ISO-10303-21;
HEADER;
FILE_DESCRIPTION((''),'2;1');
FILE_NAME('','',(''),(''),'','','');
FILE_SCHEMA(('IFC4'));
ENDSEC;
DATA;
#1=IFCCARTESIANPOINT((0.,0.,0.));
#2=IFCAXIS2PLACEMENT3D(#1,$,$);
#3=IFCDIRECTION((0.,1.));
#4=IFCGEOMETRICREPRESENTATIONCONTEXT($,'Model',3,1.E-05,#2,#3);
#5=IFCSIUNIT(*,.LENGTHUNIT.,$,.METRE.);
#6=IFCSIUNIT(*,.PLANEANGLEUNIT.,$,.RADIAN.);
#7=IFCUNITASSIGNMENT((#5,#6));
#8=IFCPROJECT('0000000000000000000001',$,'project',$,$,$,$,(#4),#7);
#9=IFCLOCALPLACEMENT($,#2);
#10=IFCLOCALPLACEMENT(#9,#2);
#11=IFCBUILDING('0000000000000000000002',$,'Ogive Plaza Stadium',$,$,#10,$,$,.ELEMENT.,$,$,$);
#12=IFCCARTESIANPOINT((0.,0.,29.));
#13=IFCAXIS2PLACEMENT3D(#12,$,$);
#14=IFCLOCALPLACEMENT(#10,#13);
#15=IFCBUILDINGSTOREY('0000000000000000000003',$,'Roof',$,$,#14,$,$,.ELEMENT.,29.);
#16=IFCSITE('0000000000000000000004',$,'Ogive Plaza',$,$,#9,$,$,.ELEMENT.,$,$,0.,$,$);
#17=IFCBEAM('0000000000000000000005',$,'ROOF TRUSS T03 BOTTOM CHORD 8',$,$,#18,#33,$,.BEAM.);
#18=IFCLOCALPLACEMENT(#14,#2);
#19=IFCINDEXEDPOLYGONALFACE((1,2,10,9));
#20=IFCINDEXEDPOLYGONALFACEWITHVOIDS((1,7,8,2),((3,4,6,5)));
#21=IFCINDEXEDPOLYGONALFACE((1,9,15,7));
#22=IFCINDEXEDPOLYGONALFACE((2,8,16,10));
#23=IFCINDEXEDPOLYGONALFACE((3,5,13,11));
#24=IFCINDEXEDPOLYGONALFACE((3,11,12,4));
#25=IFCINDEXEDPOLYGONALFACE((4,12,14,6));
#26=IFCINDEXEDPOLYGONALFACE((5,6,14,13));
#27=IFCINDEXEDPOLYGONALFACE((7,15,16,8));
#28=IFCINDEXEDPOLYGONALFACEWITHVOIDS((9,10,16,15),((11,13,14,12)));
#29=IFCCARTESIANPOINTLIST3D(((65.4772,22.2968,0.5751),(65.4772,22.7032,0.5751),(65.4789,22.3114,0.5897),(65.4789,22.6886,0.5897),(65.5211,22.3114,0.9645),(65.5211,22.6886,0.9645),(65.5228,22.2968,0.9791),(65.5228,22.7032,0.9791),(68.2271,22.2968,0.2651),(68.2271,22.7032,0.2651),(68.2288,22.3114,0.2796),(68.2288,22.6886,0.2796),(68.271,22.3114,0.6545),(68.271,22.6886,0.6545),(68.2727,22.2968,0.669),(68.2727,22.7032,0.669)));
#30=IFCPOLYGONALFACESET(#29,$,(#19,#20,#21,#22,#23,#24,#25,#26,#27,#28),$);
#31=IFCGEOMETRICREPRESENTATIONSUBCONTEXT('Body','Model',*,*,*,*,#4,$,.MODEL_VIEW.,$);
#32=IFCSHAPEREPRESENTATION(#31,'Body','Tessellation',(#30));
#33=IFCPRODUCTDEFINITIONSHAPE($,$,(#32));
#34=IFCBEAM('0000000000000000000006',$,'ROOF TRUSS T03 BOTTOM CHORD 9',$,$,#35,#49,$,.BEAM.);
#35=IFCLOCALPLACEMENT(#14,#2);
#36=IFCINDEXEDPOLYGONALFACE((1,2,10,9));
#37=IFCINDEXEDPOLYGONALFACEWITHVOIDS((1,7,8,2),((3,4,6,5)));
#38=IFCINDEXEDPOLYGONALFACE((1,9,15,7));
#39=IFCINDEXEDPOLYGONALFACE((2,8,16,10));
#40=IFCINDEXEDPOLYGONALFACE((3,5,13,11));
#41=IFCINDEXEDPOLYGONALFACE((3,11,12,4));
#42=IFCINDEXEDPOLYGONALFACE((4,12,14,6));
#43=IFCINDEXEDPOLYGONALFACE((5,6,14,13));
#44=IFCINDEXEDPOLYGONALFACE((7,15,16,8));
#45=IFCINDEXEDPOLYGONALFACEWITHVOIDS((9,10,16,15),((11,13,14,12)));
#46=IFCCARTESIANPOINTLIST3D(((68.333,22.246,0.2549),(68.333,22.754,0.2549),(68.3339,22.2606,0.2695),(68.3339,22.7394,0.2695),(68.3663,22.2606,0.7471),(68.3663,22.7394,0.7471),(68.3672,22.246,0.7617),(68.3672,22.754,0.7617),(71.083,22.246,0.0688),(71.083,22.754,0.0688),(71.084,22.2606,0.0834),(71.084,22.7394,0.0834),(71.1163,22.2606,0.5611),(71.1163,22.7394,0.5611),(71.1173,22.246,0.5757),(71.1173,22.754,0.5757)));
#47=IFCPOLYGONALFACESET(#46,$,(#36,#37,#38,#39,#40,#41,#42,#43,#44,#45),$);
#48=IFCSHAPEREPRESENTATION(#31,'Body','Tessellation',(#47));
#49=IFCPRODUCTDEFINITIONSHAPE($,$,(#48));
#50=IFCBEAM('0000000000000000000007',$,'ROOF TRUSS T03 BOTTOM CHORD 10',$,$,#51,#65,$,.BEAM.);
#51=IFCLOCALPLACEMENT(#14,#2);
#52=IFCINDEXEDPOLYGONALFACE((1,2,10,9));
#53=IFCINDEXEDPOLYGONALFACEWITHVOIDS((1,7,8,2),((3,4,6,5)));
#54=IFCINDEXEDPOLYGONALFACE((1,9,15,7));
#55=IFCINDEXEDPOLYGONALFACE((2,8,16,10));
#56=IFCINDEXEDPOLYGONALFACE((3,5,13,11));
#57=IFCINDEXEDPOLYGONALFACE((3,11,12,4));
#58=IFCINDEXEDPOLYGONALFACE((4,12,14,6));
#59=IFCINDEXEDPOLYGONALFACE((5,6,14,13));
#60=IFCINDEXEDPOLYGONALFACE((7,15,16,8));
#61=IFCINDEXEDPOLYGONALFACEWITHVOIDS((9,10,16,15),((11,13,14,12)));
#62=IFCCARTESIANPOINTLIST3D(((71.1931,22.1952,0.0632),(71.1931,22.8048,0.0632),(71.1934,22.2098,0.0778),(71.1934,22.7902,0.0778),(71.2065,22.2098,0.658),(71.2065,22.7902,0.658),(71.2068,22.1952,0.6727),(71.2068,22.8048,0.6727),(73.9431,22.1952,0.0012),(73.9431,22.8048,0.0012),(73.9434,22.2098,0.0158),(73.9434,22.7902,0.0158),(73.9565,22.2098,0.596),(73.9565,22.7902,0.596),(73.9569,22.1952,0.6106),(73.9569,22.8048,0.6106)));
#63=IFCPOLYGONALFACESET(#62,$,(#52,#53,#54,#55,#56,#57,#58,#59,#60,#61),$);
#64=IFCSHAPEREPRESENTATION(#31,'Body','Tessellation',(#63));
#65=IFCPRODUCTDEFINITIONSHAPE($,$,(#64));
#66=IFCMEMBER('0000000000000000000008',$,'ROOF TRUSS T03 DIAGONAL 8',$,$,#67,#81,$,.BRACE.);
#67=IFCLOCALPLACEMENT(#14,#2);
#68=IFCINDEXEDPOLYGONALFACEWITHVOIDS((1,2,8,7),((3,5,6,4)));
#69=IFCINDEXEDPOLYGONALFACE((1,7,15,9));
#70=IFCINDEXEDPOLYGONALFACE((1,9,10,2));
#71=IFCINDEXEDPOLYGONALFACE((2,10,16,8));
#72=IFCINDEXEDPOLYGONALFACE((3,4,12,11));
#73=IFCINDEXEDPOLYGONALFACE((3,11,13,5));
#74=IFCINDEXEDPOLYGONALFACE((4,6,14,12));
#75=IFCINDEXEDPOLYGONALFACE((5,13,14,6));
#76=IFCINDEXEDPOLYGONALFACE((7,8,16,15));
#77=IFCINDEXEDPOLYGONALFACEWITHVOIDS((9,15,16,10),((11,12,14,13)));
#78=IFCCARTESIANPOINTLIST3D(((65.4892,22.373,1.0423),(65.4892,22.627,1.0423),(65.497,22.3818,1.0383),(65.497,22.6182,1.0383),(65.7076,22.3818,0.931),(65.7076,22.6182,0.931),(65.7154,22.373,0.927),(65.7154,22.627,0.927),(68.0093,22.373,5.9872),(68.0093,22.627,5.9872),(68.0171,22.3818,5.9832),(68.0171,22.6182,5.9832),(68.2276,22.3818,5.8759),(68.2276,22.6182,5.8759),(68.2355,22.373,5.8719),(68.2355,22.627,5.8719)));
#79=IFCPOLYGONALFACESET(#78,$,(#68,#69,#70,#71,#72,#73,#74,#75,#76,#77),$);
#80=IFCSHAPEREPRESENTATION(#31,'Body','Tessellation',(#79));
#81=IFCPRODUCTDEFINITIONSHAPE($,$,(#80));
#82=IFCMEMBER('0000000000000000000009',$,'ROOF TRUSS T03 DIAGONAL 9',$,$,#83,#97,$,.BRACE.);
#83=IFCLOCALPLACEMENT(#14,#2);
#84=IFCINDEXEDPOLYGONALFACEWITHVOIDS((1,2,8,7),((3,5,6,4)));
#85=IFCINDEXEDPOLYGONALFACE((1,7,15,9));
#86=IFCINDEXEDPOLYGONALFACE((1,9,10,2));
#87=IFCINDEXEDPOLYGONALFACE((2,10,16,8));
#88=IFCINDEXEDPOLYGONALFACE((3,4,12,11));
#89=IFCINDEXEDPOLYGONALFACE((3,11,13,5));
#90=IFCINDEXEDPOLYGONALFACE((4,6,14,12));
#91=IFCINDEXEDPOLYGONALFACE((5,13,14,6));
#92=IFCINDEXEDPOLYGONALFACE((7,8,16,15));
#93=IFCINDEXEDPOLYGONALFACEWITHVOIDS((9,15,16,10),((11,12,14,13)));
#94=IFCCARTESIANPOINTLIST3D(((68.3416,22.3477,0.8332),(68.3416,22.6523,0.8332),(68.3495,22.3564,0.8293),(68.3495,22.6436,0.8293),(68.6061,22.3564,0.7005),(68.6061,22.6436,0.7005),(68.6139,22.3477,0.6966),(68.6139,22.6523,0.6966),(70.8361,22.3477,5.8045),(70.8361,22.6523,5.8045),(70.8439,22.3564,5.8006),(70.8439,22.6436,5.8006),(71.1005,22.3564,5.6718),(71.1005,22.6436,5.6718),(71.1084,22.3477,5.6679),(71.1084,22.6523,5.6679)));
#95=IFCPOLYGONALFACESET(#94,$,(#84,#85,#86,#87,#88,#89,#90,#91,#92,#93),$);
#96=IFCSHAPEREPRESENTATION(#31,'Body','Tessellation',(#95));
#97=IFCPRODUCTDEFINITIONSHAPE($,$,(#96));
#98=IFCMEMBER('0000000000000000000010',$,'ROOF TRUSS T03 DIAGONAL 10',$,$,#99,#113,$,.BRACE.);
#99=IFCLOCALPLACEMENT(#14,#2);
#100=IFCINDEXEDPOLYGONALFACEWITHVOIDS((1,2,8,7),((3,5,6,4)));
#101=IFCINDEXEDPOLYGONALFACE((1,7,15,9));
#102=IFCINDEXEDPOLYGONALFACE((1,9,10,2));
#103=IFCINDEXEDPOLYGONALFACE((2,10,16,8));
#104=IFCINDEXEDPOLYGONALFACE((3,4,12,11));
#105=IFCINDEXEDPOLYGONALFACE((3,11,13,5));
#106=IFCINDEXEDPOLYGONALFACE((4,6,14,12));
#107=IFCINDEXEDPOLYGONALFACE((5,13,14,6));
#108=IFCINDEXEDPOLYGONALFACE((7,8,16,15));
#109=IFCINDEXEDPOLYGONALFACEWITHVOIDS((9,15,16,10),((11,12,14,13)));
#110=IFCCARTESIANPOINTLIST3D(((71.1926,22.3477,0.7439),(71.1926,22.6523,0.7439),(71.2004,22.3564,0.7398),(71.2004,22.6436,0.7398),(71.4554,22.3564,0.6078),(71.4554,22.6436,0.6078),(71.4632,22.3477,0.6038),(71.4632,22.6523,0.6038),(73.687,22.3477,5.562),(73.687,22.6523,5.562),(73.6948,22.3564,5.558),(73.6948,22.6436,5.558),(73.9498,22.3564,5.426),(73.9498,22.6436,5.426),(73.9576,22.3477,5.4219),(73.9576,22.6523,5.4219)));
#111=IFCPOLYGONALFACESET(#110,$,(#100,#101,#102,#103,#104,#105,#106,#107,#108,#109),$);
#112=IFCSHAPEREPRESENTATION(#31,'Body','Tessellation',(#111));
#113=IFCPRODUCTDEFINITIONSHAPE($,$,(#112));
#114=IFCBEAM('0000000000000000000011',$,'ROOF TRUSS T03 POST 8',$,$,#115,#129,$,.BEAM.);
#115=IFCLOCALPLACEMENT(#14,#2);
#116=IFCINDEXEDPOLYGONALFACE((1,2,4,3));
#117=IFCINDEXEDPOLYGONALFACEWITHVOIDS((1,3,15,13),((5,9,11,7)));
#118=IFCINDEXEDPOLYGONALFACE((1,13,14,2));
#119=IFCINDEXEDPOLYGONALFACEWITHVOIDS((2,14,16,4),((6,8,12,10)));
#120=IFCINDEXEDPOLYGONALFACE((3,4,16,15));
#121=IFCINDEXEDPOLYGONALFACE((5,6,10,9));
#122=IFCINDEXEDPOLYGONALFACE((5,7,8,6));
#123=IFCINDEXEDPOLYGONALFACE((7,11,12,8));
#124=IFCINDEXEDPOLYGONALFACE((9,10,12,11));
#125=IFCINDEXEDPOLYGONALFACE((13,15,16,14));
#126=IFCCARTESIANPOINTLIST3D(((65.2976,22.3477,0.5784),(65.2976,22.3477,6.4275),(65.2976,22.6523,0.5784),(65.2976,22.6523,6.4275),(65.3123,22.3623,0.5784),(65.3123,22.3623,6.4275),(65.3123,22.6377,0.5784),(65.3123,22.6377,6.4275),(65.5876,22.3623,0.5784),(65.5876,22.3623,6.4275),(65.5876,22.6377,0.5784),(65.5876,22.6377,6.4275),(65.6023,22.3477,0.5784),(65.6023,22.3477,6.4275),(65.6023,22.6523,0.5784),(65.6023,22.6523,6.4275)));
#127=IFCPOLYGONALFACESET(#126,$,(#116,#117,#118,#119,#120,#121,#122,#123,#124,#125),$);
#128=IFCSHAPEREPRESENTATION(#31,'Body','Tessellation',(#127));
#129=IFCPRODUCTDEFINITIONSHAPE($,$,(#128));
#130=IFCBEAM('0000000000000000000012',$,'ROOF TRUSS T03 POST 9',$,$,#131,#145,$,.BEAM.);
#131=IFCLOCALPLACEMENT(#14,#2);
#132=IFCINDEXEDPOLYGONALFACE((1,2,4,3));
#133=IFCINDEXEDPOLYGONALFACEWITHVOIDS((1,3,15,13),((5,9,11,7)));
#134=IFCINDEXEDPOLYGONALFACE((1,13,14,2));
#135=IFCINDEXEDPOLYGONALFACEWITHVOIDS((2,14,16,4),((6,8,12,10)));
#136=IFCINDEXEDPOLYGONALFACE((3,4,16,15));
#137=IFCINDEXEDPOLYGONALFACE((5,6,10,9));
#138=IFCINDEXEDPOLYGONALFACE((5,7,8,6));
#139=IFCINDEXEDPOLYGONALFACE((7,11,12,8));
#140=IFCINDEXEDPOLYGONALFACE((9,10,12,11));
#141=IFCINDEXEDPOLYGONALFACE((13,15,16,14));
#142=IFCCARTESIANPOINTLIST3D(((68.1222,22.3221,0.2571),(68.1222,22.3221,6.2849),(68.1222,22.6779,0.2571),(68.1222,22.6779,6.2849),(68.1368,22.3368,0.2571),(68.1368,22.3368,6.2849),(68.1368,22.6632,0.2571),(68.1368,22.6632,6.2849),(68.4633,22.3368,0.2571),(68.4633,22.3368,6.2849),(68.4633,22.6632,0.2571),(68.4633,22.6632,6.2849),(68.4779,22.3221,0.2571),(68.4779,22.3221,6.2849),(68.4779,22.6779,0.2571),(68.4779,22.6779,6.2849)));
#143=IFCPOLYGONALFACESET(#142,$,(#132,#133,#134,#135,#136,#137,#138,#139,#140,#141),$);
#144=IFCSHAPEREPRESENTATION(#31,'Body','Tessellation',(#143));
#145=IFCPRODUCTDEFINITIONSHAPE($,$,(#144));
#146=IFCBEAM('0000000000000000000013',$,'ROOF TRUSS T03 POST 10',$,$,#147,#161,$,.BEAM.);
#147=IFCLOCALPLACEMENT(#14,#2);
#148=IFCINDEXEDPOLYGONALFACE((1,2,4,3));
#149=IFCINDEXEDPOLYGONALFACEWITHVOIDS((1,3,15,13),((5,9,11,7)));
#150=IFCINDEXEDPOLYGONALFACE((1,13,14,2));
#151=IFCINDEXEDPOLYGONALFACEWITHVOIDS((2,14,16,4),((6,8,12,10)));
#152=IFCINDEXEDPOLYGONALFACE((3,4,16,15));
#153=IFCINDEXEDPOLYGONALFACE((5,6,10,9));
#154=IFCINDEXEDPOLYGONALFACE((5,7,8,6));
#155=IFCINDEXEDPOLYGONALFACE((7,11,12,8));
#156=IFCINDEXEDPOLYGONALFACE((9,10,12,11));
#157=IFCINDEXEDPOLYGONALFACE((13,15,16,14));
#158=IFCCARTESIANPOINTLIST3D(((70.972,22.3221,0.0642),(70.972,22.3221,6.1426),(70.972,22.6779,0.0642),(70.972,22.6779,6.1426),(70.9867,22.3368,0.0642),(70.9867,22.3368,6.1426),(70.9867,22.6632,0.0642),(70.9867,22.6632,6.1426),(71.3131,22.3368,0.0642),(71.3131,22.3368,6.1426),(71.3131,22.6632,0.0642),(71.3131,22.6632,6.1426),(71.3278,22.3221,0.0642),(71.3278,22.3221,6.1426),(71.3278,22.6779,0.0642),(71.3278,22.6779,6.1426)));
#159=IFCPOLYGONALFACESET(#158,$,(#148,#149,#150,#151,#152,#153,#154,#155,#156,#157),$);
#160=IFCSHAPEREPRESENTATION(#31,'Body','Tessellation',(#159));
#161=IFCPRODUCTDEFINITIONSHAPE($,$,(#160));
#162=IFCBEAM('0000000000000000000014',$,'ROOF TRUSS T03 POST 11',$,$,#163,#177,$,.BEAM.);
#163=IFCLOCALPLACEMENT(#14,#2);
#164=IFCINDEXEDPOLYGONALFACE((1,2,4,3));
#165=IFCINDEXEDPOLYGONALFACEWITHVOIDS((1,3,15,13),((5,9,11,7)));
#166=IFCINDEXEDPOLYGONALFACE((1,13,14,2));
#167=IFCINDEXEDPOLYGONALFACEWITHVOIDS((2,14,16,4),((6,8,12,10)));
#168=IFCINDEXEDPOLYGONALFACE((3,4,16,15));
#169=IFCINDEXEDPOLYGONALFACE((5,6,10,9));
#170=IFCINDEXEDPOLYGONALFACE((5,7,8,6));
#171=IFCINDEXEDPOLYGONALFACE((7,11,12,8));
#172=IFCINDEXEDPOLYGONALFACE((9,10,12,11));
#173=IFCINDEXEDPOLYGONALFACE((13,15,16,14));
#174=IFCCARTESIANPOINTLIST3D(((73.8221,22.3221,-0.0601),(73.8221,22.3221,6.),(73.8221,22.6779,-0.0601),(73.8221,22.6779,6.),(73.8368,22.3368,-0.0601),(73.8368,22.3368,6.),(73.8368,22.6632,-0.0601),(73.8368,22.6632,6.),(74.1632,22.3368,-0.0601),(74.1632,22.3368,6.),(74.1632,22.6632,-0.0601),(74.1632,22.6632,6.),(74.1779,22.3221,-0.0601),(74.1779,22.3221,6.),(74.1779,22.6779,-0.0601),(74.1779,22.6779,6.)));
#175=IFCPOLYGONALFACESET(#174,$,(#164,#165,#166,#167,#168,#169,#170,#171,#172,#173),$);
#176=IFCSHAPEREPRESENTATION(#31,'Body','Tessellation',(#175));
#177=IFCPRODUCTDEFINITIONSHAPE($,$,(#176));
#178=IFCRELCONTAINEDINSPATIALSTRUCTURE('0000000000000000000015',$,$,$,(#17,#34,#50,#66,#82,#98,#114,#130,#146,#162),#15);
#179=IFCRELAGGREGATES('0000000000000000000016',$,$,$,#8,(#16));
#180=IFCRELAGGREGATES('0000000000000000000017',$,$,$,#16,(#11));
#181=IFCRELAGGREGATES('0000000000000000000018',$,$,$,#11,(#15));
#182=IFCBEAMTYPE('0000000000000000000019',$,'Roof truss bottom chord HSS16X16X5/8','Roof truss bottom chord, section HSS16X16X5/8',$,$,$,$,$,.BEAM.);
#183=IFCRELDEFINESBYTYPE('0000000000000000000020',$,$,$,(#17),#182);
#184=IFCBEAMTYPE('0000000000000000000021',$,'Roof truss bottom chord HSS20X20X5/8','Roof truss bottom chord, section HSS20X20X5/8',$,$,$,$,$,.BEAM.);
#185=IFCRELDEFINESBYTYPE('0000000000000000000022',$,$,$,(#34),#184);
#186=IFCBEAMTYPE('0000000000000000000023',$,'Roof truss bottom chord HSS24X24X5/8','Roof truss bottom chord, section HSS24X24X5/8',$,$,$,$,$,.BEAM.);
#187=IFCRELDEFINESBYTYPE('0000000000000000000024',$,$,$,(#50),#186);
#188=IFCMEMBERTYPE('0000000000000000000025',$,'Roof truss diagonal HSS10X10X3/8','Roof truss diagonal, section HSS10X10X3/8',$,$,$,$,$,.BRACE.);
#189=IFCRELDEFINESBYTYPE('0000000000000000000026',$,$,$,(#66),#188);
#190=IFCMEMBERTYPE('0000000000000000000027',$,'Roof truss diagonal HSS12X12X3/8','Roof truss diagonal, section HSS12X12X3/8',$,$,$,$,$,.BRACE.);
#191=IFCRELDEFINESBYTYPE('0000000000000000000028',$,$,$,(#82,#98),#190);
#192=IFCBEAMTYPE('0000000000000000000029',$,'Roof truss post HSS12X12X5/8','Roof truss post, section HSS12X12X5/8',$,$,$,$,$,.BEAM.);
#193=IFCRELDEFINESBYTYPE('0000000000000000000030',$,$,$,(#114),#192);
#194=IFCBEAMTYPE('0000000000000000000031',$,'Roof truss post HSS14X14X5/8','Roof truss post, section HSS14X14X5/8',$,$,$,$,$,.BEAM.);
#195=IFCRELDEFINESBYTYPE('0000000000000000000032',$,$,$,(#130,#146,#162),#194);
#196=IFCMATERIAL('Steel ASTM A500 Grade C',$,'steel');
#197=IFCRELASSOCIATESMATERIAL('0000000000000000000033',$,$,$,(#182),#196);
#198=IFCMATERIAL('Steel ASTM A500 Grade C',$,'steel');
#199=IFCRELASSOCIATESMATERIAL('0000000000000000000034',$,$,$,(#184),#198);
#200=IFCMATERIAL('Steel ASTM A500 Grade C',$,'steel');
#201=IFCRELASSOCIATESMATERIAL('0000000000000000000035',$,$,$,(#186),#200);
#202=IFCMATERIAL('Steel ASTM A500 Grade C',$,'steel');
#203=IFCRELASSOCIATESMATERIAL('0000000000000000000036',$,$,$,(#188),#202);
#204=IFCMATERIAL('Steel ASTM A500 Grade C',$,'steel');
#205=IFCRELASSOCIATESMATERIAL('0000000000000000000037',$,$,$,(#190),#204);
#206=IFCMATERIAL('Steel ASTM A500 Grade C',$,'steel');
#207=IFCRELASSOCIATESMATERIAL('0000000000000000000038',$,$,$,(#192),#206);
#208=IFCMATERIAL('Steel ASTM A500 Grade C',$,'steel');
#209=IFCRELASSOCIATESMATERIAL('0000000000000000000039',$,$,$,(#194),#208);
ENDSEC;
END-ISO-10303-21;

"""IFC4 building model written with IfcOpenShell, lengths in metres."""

from ifc_helpers import new_model, si_unit, direction, frame, origin, origin_2d, place, context, subcontext, project, spatial, hollow_rectangle, extrude, material, material_profile, profile_set, type_object, element, save


model = new_model("IFC4")

# Units and contexts
model_context = context("Model", 3, precision=1e-05, world=origin(), true_north=direction((0.0, 1.0)))
body_context = subcontext(model_context, "Body", "Model", "MODEL_VIEW")
ifc_project = project(units=[si_unit("LENGTHUNIT", "METRE"), si_unit("PLANEANGLEUNIT", "RADIAN")], contexts=[model_context])

# Site, building, storey
site_placement = place(None, origin())
site = spatial("IfcSite", under=ifc_project, at=site_placement, Name="Ogive Plaza", CompositionType="ELEMENT", RefElevation=0.0)
building_placement = place(site_placement, origin())
building = spatial("IfcBuilding", under=site, at=building_placement, Name="Ogive Plaza Stadium", CompositionType="ELEMENT")
storey_placement = place(building_placement, frame((0.0, 0.0, 29.0)))
storey = spatial("IfcBuildingStorey", under=building, at=storey_placement, Name="Roof", CompositionType="ELEMENT", Elevation=29.0)

# Beams
ifc_material_1 = material(Name="Steel ASTM A500 Grade C", Category="steel")
ifc_material_profile_1 = material_profile(ifc_material_1, hollow_rectangle(XDim=0.4065, YDim=0.4065, WallThickness=0.0146, at=origin_2d()), Name="HSS16X16X5/8")
ifc_profile_set_1 = profile_set([ifc_material_profile_1], Name="Steel ASTM A500 Grade C")
beam_type_1 = type_object("IfcBeamType", Name="Roof truss bottom chord HSS16X16X5/8", Description="Roof truss bottom chord, section HSS16X16X5/8", PredefinedType="BEAM", material=ifc_profile_set_1)
beam_1_placement = place(storey_placement, frame((65.5, 22.5, 0.7771), z_axis=(0.993704, 0.0, -0.112039), x_axis=(0.0, 1.0, 0.0)))
element("IfcBeam", 1, at=beam_1_placement, inside=storey, type_object=beam_type_1, Name="ROOF TRUSS T03 BOTTOM CHORD 8", PredefinedType="BEAM", context=body_context, shape_type="SweptSolid", body=[
    extrude(hollow_rectangle(XDim=0.4065, YDim=0.4065, WallThickness=0.0146, at=origin_2d()), origin(), (0.0, 0.0, 1.0), 2.7673),
])
ifc_material_2 = material(Name="Steel ASTM A500 Grade C", Category="steel")
ifc_material_profile_2 = material_profile(ifc_material_2, hollow_rectangle(XDim=0.5081, YDim=0.5081, WallThickness=0.0146, at=origin_2d()), Name="HSS20X20X5/8")
ifc_profile_set_2 = profile_set([ifc_material_profile_2], Name="Steel ASTM A500 Grade C")
beam_type_2 = type_object("IfcBeamType", Name="Roof truss bottom chord HSS20X20X5/8", Description="Roof truss bottom chord, section HSS20X20X5/8", PredefinedType="BEAM", material=ifc_profile_set_2)
beam_2_placement = place(storey_placement, frame((68.3501, 22.5, 0.5083), z_axis=(0.99772, 0.0, -0.067495), x_axis=(0.0, 1.0, 0.0)))
element("IfcBeam", 2, at=beam_2_placement, inside=storey, type_object=beam_type_2, Name="ROOF TRUSS T03 BOTTOM CHORD 9", PredefinedType="BEAM", context=body_context, shape_type="SweptSolid", body=[
    extrude(hollow_rectangle(XDim=0.5081, YDim=0.5081, WallThickness=0.0146, at=origin_2d()), origin(), (0.0, 0.0, 1.0), 2.7563),
])
ifc_material_3 = material(Name="Steel ASTM A500 Grade C", Category="steel")
ifc_material_profile_3 = material_profile(ifc_material_3, hollow_rectangle(XDim=0.6096, YDim=0.6096, WallThickness=0.0146, at=origin_2d()), Name="HSS24X24X5/8")
ifc_profile_set_3 = profile_set([ifc_material_profile_3], Name="Steel ASTM A500 Grade C")
beam_type_3 = type_object("IfcBeamType", Name="Roof truss bottom chord HSS24X24X5/8", Description="Roof truss bottom chord, section HSS24X24X5/8", PredefinedType="BEAM", material=ifc_profile_set_3)
beam_3_placement = place(storey_placement, frame((71.2, 22.5, 0.3679), z_axis=(0.999746, 0.0, -0.022544), x_axis=(0.0, 1.0, 0.0)))
element("IfcBeam", 3, at=beam_3_placement, inside=storey, type_object=beam_type_3, Name="ROOF TRUSS T03 BOTTOM CHORD 10", PredefinedType="BEAM", context=body_context, shape_type="SweptSolid", body=[
    extrude(hollow_rectangle(XDim=0.6096, YDim=0.6096, WallThickness=0.0146, at=origin_2d()), origin(), (0.0, 0.0, 1.0), 2.7507),
])

# Members
ifc_material_4 = material(Name="Steel ASTM A500 Grade C", Category="steel")
ifc_material_profile_4 = material_profile(ifc_material_4, hollow_rectangle(XDim=0.2539, YDim=0.2539, WallThickness=0.0088, at=origin_2d()), Name="HSS10X10X3/8")
ifc_profile_set_4 = profile_set([ifc_material_profile_4], Name="Steel ASTM A500 Grade C")
member_type_1 = type_object("IfcMemberType", Name="Roof truss diagonal HSS10X10X3/8", Description="Roof truss diagonal, section HSS10X10X3/8", PredefinedType="BRACE", material=ifc_profile_set_4)
member_1_placement = place(storey_placement, frame((65.6023, 22.5, 0.9846), z_axis=(0.454063, 0.0, 0.89097), x_axis=(0.0, 1.0, 0.0)))
element("IfcMember", 4, at=member_1_placement, inside=storey, type_object=member_type_1, Name="ROOF TRUSS T03 DIAGONAL 8", PredefinedType="BRACE", context=body_context, shape_type="SweptSolid", body=[
    extrude(hollow_rectangle(XDim=0.2539, YDim=0.2539, WallThickness=0.0088, at=origin_2d()), origin(), (0.0, 0.0, 1.0), 5.55),
])
ifc_material_5 = material(Name="Steel ASTM A500 Grade C", Category="steel")
ifc_material_profile_5 = material_profile(ifc_material_5, hollow_rectangle(XDim=0.3047, YDim=0.3047, WallThickness=0.0088, at=origin_2d()), Name="HSS12X12X3/8")
ifc_profile_set_5 = profile_set([ifc_material_profile_5], Name="Steel ASTM A500 Grade C")
member_type_2 = type_object("IfcMemberType", Name="Roof truss diagonal HSS12X12X3/8", Description="Roof truss diagonal, section HSS12X12X3/8", PredefinedType="BRACE", material=ifc_profile_set_5)
member_2_placement = place(storey_placement, frame((68.4778, 22.5, 0.7649), z_axis=(0.448477, 0.0, 0.893794), x_axis=(0.0, 1.0, 0.0)))
element("IfcMember", 5, at=member_2_placement, inside=storey, type_object=member_type_2, Name="ROOF TRUSS T03 DIAGONAL 9", PredefinedType="BRACE", context=body_context, shape_type="SweptSolid", body=[
    extrude(hollow_rectangle(XDim=0.3047, YDim=0.3047, WallThickness=0.0088, at=origin_2d()), origin(), (0.0, 0.0, 1.0), 5.562),
])
member_3_placement = place(storey_placement, frame((71.3279, 22.5, 0.6738), z_axis=(0.459751, 0.0, 0.888048), x_axis=(0.0, 1.0, 0.0)))
element("IfcMember", 6, at=member_3_placement, inside=storey, type_object=member_type_2, Name="ROOF TRUSS T03 DIAGONAL 10", PredefinedType="BRACE", context=body_context, shape_type="SweptSolid", body=[
    extrude(hollow_rectangle(XDim=0.3047, YDim=0.3047, WallThickness=0.0088, at=origin_2d()), origin(), (0.0, 0.0, 1.0), 5.4255),
])

# Beams
ifc_material_6 = material(Name="Steel ASTM A500 Grade C", Category="steel")
ifc_material_profile_6 = material_profile(ifc_material_6, hollow_rectangle(XDim=0.3047, YDim=0.3047, WallThickness=0.0146, at=origin_2d()), Name="HSS12X12X5/8")
ifc_profile_set_6 = profile_set([ifc_material_profile_6], Name="Steel ASTM A500 Grade C")
beam_type_4 = type_object("IfcBeamType", Name="Roof truss post HSS12X12X5/8", Description="Roof truss post, section HSS12X12X5/8", PredefinedType="BEAM", material=ifc_profile_set_6)
beam_4_placement = place(storey_placement, frame((65.45, 22.5, 0.5784), z_axis=(0.0, 0.0, 1.0), x_axis=(0.0, 1.0, 0.0)))
element("IfcBeam", 7, at=beam_4_placement, inside=storey, type_object=beam_type_4, Name="ROOF TRUSS T03 POST 8", PredefinedType="BEAM", context=body_context, shape_type="SweptSolid", body=[
    extrude(hollow_rectangle(XDim=0.3047, YDim=0.3047, WallThickness=0.0146, at=origin_2d()), origin(), (0.0, 0.0, 1.0), 5.8491),
])
ifc_material_7 = material(Name="Steel ASTM A500 Grade C", Category="steel")
ifc_material_profile_7 = material_profile(ifc_material_7, hollow_rectangle(XDim=0.3557, YDim=0.3557, WallThickness=0.0146, at=origin_2d()), Name="HSS14X14X5/8")
ifc_profile_set_7 = profile_set([ifc_material_profile_7], Name="Steel ASTM A500 Grade C")
beam_type_5 = type_object("IfcBeamType", Name="Roof truss post HSS14X14X5/8", Description="Roof truss post, section HSS14X14X5/8", PredefinedType="BEAM", material=ifc_profile_set_7)
beam_5_placement = place(storey_placement, frame((68.3, 22.5, 0.2571), z_axis=(0.0, 0.0, 1.0), x_axis=(0.0, 1.0, 0.0)))
element("IfcBeam", 8, at=beam_5_placement, inside=storey, type_object=beam_type_5, Name="ROOF TRUSS T03 POST 9", PredefinedType="BEAM", context=body_context, shape_type="SweptSolid", body=[
    extrude(hollow_rectangle(XDim=0.3557, YDim=0.3557, WallThickness=0.0146, at=origin_2d()), origin(), (0.0, 0.0, 1.0), 6.0278),
])
beam_6_placement = place(storey_placement, frame((71.1499, 22.5, 0.0642), z_axis=(0.0, 0.0, 1.0), x_axis=(0.0, 1.0, 0.0)))
element("IfcBeam", 9, at=beam_6_placement, inside=storey, type_object=beam_type_5, Name="ROOF TRUSS T03 POST 10", PredefinedType="BEAM", context=body_context, shape_type="SweptSolid", body=[
    extrude(hollow_rectangle(XDim=0.3557, YDim=0.3557, WallThickness=0.0146, at=origin_2d()), origin(), (0.0, 0.0, 1.0), 6.0784),
])
beam_7_placement = place(storey_placement, frame((74.0, 22.5, -0.0601), z_axis=(0.0, 0.0, 1.0), x_axis=(0.0, 1.0, 0.0)))
element("IfcBeam", 10, at=beam_7_placement, inside=storey, type_object=beam_type_5, Name="ROOF TRUSS T03 POST 11", PredefinedType="BEAM", context=body_context, shape_type="SweptSolid", body=[
    extrude(hollow_rectangle(XDim=0.3557, YDim=0.3557, WallThickness=0.0146, at=origin_2d()), origin(), (0.0, 0.0, 1.0), 6.0601),
])

save(model, "model.ifc")
